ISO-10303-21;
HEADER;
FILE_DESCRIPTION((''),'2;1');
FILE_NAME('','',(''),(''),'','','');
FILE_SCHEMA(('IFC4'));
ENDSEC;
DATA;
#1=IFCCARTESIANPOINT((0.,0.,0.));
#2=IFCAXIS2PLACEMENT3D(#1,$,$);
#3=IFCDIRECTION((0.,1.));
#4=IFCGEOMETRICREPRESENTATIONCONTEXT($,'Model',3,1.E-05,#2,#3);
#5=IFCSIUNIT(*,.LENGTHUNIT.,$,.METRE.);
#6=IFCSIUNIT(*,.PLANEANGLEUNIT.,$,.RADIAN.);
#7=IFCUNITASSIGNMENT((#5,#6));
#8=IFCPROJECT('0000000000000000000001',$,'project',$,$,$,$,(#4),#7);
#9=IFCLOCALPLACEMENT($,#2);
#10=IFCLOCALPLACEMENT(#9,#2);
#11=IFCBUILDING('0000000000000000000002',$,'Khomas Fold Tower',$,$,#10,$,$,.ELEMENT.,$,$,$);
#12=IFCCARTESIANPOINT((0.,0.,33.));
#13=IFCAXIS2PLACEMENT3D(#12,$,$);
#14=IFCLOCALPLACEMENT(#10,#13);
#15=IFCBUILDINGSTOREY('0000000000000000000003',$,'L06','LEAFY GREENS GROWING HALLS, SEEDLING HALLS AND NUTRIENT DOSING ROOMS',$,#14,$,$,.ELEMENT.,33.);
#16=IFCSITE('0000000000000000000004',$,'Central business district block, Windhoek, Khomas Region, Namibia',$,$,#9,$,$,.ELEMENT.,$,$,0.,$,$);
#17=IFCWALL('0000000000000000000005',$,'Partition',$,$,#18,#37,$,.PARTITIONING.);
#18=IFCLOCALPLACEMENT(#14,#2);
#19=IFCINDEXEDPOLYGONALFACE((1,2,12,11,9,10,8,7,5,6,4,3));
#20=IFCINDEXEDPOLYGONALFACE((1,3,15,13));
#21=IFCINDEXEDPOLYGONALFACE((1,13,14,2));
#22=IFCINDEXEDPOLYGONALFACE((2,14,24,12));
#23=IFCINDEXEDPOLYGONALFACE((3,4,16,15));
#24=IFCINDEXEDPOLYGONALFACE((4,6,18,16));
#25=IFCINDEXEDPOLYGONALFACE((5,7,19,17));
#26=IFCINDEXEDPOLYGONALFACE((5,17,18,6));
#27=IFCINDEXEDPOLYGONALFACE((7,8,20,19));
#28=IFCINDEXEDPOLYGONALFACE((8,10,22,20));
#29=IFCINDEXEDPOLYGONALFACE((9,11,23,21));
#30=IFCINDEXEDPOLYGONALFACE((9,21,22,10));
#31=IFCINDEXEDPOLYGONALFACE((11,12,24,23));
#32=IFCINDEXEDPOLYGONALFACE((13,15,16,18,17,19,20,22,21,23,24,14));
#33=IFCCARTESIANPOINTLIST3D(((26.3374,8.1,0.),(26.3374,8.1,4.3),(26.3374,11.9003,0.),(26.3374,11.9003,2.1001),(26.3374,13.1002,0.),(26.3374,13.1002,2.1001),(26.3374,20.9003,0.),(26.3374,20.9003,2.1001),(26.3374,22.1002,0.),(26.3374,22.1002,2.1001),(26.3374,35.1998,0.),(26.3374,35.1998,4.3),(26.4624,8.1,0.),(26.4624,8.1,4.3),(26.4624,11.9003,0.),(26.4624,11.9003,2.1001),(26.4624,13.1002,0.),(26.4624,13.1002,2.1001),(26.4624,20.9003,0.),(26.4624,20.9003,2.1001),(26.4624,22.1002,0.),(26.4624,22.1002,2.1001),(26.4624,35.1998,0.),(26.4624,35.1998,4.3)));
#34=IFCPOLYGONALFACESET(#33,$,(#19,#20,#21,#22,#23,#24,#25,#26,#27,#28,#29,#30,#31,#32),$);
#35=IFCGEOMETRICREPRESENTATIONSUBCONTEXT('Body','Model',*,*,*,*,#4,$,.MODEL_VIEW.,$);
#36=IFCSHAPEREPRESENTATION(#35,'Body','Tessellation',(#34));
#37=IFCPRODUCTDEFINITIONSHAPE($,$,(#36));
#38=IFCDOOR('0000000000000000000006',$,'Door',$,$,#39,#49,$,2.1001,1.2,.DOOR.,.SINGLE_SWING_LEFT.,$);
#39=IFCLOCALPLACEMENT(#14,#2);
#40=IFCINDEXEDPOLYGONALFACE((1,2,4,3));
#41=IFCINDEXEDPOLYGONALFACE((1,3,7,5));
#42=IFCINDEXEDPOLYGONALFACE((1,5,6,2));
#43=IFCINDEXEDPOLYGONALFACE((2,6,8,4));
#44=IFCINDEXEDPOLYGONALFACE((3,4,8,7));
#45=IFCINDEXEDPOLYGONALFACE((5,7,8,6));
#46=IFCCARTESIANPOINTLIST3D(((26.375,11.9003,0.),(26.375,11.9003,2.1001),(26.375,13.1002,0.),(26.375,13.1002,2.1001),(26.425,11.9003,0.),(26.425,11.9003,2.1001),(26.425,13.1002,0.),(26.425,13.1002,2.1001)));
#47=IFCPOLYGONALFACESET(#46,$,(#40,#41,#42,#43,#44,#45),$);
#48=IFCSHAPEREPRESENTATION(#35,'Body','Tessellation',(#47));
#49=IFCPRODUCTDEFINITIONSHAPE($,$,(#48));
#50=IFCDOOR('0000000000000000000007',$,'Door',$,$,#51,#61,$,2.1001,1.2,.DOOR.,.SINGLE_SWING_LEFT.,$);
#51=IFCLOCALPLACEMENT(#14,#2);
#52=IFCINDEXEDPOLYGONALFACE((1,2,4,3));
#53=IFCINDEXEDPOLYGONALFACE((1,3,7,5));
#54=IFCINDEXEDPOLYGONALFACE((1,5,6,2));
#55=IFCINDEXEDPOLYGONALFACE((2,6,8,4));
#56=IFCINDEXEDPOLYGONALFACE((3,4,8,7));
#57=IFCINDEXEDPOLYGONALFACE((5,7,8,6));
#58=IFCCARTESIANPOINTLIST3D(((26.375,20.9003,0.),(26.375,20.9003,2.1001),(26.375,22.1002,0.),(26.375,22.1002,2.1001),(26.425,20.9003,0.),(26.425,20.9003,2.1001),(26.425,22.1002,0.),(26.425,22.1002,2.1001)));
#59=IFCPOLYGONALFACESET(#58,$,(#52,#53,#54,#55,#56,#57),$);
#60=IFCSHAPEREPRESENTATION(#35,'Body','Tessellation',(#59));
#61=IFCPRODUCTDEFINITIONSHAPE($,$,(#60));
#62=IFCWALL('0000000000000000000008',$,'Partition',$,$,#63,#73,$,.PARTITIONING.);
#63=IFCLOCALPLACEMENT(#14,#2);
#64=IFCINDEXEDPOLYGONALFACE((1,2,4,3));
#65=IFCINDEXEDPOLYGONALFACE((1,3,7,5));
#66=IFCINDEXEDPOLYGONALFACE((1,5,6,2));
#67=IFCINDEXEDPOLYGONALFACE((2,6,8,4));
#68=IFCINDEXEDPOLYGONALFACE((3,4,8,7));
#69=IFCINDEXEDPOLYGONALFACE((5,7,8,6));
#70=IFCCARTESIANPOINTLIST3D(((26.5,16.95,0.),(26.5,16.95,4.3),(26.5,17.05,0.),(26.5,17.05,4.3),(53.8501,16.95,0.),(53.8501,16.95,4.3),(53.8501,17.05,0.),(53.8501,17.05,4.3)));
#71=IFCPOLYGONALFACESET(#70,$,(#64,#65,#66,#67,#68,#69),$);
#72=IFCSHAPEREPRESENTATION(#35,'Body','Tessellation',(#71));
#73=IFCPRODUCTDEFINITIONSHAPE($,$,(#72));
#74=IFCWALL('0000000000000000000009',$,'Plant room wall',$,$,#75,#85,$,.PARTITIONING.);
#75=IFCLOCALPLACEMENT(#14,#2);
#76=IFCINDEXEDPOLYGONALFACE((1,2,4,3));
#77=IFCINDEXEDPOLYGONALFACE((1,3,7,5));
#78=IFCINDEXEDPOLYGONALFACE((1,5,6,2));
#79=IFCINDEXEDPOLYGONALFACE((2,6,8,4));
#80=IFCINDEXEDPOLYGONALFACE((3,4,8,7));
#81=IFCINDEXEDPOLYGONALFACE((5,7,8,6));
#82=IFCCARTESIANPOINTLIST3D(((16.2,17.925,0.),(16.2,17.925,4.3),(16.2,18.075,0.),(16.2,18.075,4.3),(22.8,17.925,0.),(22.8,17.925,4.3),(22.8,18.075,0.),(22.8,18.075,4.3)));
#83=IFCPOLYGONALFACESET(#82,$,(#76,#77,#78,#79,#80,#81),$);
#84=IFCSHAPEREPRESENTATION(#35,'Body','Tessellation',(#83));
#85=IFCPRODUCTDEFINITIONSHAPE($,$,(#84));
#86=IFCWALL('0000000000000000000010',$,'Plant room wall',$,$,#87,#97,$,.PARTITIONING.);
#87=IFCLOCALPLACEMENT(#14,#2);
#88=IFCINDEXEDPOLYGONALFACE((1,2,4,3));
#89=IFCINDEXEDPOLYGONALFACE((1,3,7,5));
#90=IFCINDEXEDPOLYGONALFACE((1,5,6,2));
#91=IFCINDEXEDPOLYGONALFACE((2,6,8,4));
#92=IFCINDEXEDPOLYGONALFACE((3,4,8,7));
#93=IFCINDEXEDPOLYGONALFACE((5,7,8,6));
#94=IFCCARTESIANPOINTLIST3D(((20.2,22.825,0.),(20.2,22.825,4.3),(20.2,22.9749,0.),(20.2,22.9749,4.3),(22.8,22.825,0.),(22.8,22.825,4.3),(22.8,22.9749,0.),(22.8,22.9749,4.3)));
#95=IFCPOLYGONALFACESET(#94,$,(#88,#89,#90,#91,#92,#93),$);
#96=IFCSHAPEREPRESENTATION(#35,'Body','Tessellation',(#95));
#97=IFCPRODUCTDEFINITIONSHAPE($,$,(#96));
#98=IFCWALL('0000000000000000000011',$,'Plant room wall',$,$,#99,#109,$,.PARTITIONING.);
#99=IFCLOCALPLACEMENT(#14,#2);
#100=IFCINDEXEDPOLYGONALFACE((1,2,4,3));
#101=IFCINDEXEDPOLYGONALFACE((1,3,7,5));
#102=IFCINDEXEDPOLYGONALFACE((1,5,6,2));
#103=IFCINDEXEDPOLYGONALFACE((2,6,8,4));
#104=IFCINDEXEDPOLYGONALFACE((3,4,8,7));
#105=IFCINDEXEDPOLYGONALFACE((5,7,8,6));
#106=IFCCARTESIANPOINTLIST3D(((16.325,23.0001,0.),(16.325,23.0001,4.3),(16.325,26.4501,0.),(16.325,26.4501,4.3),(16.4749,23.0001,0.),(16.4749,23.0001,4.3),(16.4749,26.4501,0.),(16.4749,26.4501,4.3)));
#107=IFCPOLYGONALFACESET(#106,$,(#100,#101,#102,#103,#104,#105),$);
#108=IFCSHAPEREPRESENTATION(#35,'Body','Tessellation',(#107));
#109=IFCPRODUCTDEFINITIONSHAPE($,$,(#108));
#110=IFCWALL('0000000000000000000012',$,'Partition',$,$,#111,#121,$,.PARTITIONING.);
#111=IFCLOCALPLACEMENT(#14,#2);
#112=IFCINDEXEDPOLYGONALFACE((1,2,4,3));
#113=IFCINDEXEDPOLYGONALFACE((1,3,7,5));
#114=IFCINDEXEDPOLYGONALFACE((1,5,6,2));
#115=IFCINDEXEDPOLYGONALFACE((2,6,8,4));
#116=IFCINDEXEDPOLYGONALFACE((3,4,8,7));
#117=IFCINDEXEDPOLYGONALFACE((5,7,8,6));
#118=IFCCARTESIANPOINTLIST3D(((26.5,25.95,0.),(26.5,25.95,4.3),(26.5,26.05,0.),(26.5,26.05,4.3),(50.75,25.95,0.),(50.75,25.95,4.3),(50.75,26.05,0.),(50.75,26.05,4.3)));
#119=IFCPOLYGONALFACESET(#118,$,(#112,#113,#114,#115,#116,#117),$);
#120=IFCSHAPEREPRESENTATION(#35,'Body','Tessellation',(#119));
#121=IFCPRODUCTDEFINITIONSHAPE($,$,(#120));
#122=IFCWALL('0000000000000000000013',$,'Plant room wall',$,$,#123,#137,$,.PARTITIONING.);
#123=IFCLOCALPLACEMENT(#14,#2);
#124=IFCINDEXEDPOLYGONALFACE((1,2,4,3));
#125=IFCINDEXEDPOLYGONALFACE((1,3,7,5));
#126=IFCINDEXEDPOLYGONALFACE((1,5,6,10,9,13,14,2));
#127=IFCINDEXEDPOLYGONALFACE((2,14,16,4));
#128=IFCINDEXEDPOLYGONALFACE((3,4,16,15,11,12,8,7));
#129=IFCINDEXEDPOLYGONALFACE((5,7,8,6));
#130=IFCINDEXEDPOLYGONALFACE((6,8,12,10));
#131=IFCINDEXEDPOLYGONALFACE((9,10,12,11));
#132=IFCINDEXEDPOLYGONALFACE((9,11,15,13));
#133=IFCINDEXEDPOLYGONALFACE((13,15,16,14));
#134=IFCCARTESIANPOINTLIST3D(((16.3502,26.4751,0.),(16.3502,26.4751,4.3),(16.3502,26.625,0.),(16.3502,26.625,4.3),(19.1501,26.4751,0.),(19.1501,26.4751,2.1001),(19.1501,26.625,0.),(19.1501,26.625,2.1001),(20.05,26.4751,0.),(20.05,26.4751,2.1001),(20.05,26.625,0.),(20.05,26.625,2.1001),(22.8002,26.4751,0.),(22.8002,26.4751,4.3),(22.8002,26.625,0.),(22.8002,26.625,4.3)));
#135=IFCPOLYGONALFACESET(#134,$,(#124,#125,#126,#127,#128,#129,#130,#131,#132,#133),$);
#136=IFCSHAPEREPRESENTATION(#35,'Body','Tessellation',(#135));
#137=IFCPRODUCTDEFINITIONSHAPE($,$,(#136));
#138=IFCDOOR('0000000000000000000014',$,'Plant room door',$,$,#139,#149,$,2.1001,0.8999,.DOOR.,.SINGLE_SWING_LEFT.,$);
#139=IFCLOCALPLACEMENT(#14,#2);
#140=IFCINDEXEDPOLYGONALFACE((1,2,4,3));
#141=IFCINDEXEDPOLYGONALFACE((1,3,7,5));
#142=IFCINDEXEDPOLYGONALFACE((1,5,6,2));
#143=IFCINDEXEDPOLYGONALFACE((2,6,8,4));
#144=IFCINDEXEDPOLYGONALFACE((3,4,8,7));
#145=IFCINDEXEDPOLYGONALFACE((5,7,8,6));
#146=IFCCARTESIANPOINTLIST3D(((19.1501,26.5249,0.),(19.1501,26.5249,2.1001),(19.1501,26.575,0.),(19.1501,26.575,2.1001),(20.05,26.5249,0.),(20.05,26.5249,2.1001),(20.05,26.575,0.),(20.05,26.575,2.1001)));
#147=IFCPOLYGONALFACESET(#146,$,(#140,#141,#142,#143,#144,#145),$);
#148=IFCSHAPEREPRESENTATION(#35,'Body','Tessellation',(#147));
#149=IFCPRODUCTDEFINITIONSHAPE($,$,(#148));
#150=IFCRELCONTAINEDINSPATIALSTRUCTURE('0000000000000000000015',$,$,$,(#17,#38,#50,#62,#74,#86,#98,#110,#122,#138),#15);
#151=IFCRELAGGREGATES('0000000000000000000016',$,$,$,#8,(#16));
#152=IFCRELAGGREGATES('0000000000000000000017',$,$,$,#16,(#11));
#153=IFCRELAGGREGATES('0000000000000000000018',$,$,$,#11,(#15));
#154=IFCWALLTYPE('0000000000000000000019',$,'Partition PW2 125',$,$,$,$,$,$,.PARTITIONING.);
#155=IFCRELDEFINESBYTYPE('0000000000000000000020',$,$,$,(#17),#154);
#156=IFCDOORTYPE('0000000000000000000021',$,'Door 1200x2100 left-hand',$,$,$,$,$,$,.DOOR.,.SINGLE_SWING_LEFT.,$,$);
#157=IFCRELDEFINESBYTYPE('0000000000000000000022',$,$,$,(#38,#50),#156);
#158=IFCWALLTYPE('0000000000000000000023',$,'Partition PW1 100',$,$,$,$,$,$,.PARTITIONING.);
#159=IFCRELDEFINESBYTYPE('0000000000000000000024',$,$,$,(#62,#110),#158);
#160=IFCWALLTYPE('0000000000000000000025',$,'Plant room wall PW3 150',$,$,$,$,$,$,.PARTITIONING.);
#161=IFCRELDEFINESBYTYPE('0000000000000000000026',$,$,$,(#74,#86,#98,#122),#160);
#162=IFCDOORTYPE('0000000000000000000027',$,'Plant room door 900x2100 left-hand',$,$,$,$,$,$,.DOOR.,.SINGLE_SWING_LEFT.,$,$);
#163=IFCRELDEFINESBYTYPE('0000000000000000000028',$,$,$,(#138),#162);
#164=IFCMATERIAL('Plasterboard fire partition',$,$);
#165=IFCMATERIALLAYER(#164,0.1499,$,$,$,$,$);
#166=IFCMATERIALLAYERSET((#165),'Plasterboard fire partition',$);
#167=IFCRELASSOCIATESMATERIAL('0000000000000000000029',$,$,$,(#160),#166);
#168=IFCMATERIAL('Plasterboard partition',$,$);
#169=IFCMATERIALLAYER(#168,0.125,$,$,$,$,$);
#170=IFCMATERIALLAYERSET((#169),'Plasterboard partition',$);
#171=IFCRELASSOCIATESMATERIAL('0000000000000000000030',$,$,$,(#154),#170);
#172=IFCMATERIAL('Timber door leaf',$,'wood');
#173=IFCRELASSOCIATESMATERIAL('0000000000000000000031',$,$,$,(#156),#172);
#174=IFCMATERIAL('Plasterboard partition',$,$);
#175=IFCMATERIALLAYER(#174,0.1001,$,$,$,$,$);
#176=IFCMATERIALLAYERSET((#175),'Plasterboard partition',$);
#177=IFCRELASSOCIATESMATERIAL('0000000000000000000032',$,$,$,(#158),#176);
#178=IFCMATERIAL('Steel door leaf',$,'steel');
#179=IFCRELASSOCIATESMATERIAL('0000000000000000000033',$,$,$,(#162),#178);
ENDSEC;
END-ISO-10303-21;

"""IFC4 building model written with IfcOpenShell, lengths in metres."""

from ifc_helpers import new_model, si_unit, direction, frame, frame_2d, origin, place, context, subcontext, project, spatial, rectangle, extrude, source, transform, mapped, material, layer, layer_set, type_object, element, fill, save


model = new_model("IFC4")

# Units and contexts
model_context = context("Model", 3, precision=1e-05, world=origin(), true_north=direction((0.0, 1.0)))
body_context = subcontext(model_context, "Body", "Model", "MODEL_VIEW")
ifc_project = project(units=[si_unit("LENGTHUNIT", "METRE"), si_unit("PLANEANGLEUNIT", "RADIAN")], contexts=[model_context])

# Site, building, storey
site_placement = place(None, origin())
site = spatial("IfcSite", under=ifc_project, at=site_placement, Name="Central business district block, Windhoek, Khomas Region, Namibia", CompositionType="ELEMENT", RefElevation=0.0)
building_placement = place(site_placement, origin())
building = spatial("IfcBuilding", under=site, at=building_placement, Name="Khomas Fold Tower", CompositionType="ELEMENT")
storey_placement = place(building_placement, frame((0.0, 0.0, 33.0)))
storey = spatial("IfcBuildingStorey", under=building, at=storey_placement, Name="L06", Description="LEAFY GREENS GROWING HALLS, SEEDLING HALLS AND NUTRIENT DOSING ROOMS", CompositionType="ELEMENT", Elevation=33.0)

# Shared definitions
ifc_material_1 = material(Name="Plasterboard fire partition")
ifc_layer_1 = layer(ifc_material_1, 0.1499)
ifc_layer_set_1 = layer_set([ifc_layer_1], Name="Plasterboard fire partition")
wall_type_1 = type_object("IfcWallType", Name="Plant room wall PW3 150", PredefinedType="PARTITIONING", material=ifc_layer_set_1)

# Wall, openings, doors
ifc_material_2 = material(Name="Plasterboard partition")
ifc_layer_2 = layer(ifc_material_2, 0.125)
ifc_layer_set_2 = layer_set([ifc_layer_2], Name="Plasterboard partition")
wall_type_2 = type_object("IfcWallType", Name="Partition PW2 125", PredefinedType="PARTITIONING", material=ifc_layer_set_2)
shared_shape_1 = source(origin(), body_context, "Body", "SweptSolid", [
    extrude(rectangle(XDim=27.0999, YDim=0.125, at=frame_2d((13.5498, 0.0))), origin(), (0.0, 0.0, 1.0), 4.3),
])
wall_1_placement = place(storey_placement, frame((26.3999, 8.1001, 0.0), z_axis=(0.0, 0.0, 1.0), x_axis=(0.0, 1.0, 0.0)))
wall_1 = element("IfcWall", 1, at=wall_1_placement, inside=storey, type_object=wall_type_2, Name="Partition", PredefinedType="PARTITIONING", context=body_context, shape_type="MappedRepresentation", body=[
    mapped(shared_shape_1, transform((0.0, 0.0, 0.0))),
])
shared_shape_2 = source(origin(), body_context, "Body", "SweptSolid", [
    extrude(rectangle(XDim=1.2, YDim=2.1001, at=frame_2d((0.6001, 1.05))), frame((0.0, 0.0725, 0.0), z_axis=(0.0, -1.0, 0.0), x_axis=(1.0, 0.0, 0.0)), (0.0, 0.0, 1.0), 0.145),
])
opening_1_placement = place(wall_1_placement, frame((3.8, 0.0, 0.0)))
opening_1 = element("IfcOpeningElement", 2, at=opening_1_placement, cuts=wall_1, PredefinedType="OPENING", context=body_context, shape_type="MappedRepresentation", body=[
    mapped(shared_shape_2, transform((0.0, 0.0, 0.0))),
])
opening_2_placement = place(wall_1_placement, frame((12.8, 0.0, 0.0)))
opening_2 = element("IfcOpeningElement", 3, at=opening_2_placement, cuts=wall_1, PredefinedType="OPENING", context=body_context, shape_type="MappedRepresentation", body=[
    mapped(shared_shape_2, transform((0.0, 0.0, 0.0))),
])
ifc_material_3 = material(Name="Timber door leaf", Category="wood")
door_type_1 = type_object("IfcDoorType", Name="Door 1200x2100 left-hand", OperationType="SINGLE_SWING_LEFT", PredefinedType="DOOR", material=ifc_material_3)
shared_shape_3 = source(origin(), body_context, "Body", "SweptSolid", [
    extrude(rectangle(XDim=1.2, YDim=2.1001, at=frame_2d((0.6001, 1.05))), frame((0.0, 0.0249, 0.0), z_axis=(0.0, -1.0, 0.0), x_axis=(1.0, 0.0, 0.0)), (0.0, 0.0, 1.0), 0.05),
])
door_1_placement = place(opening_1_placement, origin())
door_1 = element("IfcDoor", 4, at=door_1_placement, inside=storey, type_object=door_type_1, Name="Door", OperationType="SINGLE_SWING_LEFT", OverallHeight=2.1001, OverallWidth=1.2, PredefinedType="DOOR", context=body_context, shape_type="MappedRepresentation", body=[
    mapped(shared_shape_3, transform((0.0, 0.0, 0.0))),
])
fill(opening_1, door_1)
door_2_placement = place(opening_2_placement, origin())
door_2 = element("IfcDoor", 5, at=door_2_placement, inside=storey, type_object=door_type_1, Name="Door", OperationType="SINGLE_SWING_LEFT", OverallHeight=2.1001, OverallWidth=1.2, PredefinedType="DOOR", context=body_context, shape_type="MappedRepresentation", body=[
    mapped(shared_shape_3, transform((0.0, 0.0, 0.0))),
])
fill(opening_2, door_2)

# Walls
ifc_material_4 = material(Name="Plasterboard partition")
ifc_layer_3 = layer(ifc_material_4, 0.1001)
ifc_layer_set_3 = layer_set([ifc_layer_3], Name="Plasterboard partition")
wall_type_3 = type_object("IfcWallType", Name="Partition PW1 100", PredefinedType="PARTITIONING", material=ifc_layer_set_3)
shared_shape_4 = source(origin(), body_context, "Body", "SweptSolid", [
    extrude(rectangle(XDim=27.3501, YDim=0.1001, at=frame_2d((13.675, 0.0))), origin(), (0.0, 0.0, 1.0), 4.3),
])
wall_2_placement = place(storey_placement, frame((26.5, 17.0, 0.0), z_axis=(0.0, 0.0, 1.0), x_axis=(1.0, 0.0, 0.0)))
element("IfcWall", 6, at=wall_2_placement, inside=storey, type_object=wall_type_3, Name="Partition", PredefinedType="PARTITIONING", context=body_context, shape_type="MappedRepresentation", body=[
    mapped(shared_shape_4, transform((0.0, 0.0, 0.0))),
])
shared_shape_5 = source(origin(), body_context, "Body", "SweptSolid", [
    extrude(rectangle(XDim=6.6001, YDim=0.1499, at=frame_2d((3.3, 0.0))), origin(), (0.0, 0.0, 1.0), 4.3),
])
wall_3_placement = place(storey_placement, frame((16.2, 18.0, 0.0), z_axis=(0.0, 0.0, 1.0), x_axis=(1.0, 0.0, 0.0)))
element("IfcWall", 7, at=wall_3_placement, inside=storey, type_object=wall_type_1, Name="Plant room wall", PredefinedType="PARTITIONING", context=body_context, shape_type="MappedRepresentation", body=[
    mapped(shared_shape_5, transform((0.0, 0.0, 0.0))),
])
shared_shape_6 = source(origin(), body_context, "Body", "SweptSolid", [
    extrude(rectangle(XDim=2.6001, YDim=0.1499, at=frame_2d((1.3, 0.0))), origin(), (0.0, 0.0, 1.0), 4.3),
])
wall_4_placement = place(storey_placement, frame((20.2, 22.8999, 0.0), z_axis=(0.0, 0.0, 1.0), x_axis=(1.0, 0.0, 0.0)))
element("IfcWall", 8, at=wall_4_placement, inside=storey, type_object=wall_type_1, Name="Plant room wall", PredefinedType="PARTITIONING", context=body_context, shape_type="MappedRepresentation", body=[
    mapped(shared_shape_6, transform((0.0, 0.0, 0.0))),
])
shared_shape_7 = source(origin(), body_context, "Body", "SweptSolid", [
    extrude(rectangle(XDim=3.45, YDim=0.1499, at=frame_2d((1.7251, 0.0))), origin(), (0.0, 0.0, 1.0), 4.3),
])
wall_5_placement = place(storey_placement, frame((16.3999, 23.0, 0.0), z_axis=(0.0, 0.0, 1.0), x_axis=(0.0, 1.0, 0.0)))
element("IfcWall", 9, at=wall_5_placement, inside=storey, type_object=wall_type_1, Name="Plant room wall", PredefinedType="PARTITIONING", context=body_context, shape_type="MappedRepresentation", body=[
    mapped(shared_shape_7, transform((0.0, 0.0, 0.0))),
])
shared_shape_8 = source(origin(), body_context, "Body", "SweptSolid", [
    extrude(rectangle(XDim=24.25, YDim=0.1001, at=frame_2d((12.125, 0.0))), origin(), (0.0, 0.0, 1.0), 4.3),
])
wall_6_placement = place(storey_placement, frame((26.5, 26.0, 0.0), z_axis=(0.0, 0.0, 1.0), x_axis=(1.0, 0.0, 0.0)))
element("IfcWall", 10, at=wall_6_placement, inside=storey, type_object=wall_type_3, Name="Partition", PredefinedType="PARTITIONING", context=body_context, shape_type="MappedRepresentation", body=[
    mapped(shared_shape_8, transform((0.0, 0.0, 0.0))),
])

# Wall, opening, door
shared_shape_9 = source(origin(), body_context, "Body", "SweptSolid", [
    extrude(rectangle(XDim=6.45, YDim=0.1499, at=frame_2d((3.2251, 0.0))), origin(), (0.0, 0.0, 1.0), 4.3),
])
wall_7_placement = place(storey_placement, frame((16.3501, 26.55, 0.0), z_axis=(0.0, 0.0, 1.0), x_axis=(1.0, 0.0, 0.0)))
wall_7 = element("IfcWall", 11, at=wall_7_placement, inside=storey, type_object=wall_type_1, Name="Plant room wall", PredefinedType="PARTITIONING", context=body_context, shape_type="MappedRepresentation", body=[
    mapped(shared_shape_9, transform((0.0, 0.0, 0.0))),
])
shared_shape_10 = source(origin(), body_context, "Body", "SweptSolid", [
    extrude(rectangle(XDim=0.8999, YDim=2.1001, at=frame_2d((0.45, 1.05))), frame((0.0, 0.085, 0.0), z_axis=(0.0, -1.0, 0.0), x_axis=(1.0, 0.0, 0.0)), (0.0, 0.0, 1.0), 0.1699),
])
opening_3_placement = place(wall_7_placement, frame((2.8, 0.0, 0.0)))
opening_3 = element("IfcOpeningElement", 12, at=opening_3_placement, cuts=wall_7, PredefinedType="OPENING", context=body_context, shape_type="MappedRepresentation", body=[
    mapped(shared_shape_10, transform((0.0, 0.0, 0.0))),
])
ifc_material_5 = material(Name="Steel door leaf", Category="steel")
door_type_2 = type_object("IfcDoorType", Name="Plant room door 900x2100 left-hand", OperationType="SINGLE_SWING_LEFT", PredefinedType="DOOR", material=ifc_material_5)
shared_shape_11 = source(origin(), body_context, "Body", "SweptSolid", [
    extrude(rectangle(XDim=0.8999, YDim=2.1001, at=frame_2d((0.45, 1.05))), frame((0.0, 0.0249, 0.0), z_axis=(0.0, -1.0, 0.0), x_axis=(1.0, 0.0, 0.0)), (0.0, 0.0, 1.0), 0.05),
])
door_3_placement = place(opening_3_placement, origin())
door_3 = element("IfcDoor", 13, at=door_3_placement, inside=storey, type_object=door_type_2, Name="Plant room door", OperationType="SINGLE_SWING_LEFT", OverallHeight=2.1001, OverallWidth=0.8999, PredefinedType="DOOR", context=body_context, shape_type="MappedRepresentation", body=[
    mapped(shared_shape_11, transform((0.0, 0.0, 0.0))),
])
fill(opening_3, door_3)

save(model, "model.ifc")
